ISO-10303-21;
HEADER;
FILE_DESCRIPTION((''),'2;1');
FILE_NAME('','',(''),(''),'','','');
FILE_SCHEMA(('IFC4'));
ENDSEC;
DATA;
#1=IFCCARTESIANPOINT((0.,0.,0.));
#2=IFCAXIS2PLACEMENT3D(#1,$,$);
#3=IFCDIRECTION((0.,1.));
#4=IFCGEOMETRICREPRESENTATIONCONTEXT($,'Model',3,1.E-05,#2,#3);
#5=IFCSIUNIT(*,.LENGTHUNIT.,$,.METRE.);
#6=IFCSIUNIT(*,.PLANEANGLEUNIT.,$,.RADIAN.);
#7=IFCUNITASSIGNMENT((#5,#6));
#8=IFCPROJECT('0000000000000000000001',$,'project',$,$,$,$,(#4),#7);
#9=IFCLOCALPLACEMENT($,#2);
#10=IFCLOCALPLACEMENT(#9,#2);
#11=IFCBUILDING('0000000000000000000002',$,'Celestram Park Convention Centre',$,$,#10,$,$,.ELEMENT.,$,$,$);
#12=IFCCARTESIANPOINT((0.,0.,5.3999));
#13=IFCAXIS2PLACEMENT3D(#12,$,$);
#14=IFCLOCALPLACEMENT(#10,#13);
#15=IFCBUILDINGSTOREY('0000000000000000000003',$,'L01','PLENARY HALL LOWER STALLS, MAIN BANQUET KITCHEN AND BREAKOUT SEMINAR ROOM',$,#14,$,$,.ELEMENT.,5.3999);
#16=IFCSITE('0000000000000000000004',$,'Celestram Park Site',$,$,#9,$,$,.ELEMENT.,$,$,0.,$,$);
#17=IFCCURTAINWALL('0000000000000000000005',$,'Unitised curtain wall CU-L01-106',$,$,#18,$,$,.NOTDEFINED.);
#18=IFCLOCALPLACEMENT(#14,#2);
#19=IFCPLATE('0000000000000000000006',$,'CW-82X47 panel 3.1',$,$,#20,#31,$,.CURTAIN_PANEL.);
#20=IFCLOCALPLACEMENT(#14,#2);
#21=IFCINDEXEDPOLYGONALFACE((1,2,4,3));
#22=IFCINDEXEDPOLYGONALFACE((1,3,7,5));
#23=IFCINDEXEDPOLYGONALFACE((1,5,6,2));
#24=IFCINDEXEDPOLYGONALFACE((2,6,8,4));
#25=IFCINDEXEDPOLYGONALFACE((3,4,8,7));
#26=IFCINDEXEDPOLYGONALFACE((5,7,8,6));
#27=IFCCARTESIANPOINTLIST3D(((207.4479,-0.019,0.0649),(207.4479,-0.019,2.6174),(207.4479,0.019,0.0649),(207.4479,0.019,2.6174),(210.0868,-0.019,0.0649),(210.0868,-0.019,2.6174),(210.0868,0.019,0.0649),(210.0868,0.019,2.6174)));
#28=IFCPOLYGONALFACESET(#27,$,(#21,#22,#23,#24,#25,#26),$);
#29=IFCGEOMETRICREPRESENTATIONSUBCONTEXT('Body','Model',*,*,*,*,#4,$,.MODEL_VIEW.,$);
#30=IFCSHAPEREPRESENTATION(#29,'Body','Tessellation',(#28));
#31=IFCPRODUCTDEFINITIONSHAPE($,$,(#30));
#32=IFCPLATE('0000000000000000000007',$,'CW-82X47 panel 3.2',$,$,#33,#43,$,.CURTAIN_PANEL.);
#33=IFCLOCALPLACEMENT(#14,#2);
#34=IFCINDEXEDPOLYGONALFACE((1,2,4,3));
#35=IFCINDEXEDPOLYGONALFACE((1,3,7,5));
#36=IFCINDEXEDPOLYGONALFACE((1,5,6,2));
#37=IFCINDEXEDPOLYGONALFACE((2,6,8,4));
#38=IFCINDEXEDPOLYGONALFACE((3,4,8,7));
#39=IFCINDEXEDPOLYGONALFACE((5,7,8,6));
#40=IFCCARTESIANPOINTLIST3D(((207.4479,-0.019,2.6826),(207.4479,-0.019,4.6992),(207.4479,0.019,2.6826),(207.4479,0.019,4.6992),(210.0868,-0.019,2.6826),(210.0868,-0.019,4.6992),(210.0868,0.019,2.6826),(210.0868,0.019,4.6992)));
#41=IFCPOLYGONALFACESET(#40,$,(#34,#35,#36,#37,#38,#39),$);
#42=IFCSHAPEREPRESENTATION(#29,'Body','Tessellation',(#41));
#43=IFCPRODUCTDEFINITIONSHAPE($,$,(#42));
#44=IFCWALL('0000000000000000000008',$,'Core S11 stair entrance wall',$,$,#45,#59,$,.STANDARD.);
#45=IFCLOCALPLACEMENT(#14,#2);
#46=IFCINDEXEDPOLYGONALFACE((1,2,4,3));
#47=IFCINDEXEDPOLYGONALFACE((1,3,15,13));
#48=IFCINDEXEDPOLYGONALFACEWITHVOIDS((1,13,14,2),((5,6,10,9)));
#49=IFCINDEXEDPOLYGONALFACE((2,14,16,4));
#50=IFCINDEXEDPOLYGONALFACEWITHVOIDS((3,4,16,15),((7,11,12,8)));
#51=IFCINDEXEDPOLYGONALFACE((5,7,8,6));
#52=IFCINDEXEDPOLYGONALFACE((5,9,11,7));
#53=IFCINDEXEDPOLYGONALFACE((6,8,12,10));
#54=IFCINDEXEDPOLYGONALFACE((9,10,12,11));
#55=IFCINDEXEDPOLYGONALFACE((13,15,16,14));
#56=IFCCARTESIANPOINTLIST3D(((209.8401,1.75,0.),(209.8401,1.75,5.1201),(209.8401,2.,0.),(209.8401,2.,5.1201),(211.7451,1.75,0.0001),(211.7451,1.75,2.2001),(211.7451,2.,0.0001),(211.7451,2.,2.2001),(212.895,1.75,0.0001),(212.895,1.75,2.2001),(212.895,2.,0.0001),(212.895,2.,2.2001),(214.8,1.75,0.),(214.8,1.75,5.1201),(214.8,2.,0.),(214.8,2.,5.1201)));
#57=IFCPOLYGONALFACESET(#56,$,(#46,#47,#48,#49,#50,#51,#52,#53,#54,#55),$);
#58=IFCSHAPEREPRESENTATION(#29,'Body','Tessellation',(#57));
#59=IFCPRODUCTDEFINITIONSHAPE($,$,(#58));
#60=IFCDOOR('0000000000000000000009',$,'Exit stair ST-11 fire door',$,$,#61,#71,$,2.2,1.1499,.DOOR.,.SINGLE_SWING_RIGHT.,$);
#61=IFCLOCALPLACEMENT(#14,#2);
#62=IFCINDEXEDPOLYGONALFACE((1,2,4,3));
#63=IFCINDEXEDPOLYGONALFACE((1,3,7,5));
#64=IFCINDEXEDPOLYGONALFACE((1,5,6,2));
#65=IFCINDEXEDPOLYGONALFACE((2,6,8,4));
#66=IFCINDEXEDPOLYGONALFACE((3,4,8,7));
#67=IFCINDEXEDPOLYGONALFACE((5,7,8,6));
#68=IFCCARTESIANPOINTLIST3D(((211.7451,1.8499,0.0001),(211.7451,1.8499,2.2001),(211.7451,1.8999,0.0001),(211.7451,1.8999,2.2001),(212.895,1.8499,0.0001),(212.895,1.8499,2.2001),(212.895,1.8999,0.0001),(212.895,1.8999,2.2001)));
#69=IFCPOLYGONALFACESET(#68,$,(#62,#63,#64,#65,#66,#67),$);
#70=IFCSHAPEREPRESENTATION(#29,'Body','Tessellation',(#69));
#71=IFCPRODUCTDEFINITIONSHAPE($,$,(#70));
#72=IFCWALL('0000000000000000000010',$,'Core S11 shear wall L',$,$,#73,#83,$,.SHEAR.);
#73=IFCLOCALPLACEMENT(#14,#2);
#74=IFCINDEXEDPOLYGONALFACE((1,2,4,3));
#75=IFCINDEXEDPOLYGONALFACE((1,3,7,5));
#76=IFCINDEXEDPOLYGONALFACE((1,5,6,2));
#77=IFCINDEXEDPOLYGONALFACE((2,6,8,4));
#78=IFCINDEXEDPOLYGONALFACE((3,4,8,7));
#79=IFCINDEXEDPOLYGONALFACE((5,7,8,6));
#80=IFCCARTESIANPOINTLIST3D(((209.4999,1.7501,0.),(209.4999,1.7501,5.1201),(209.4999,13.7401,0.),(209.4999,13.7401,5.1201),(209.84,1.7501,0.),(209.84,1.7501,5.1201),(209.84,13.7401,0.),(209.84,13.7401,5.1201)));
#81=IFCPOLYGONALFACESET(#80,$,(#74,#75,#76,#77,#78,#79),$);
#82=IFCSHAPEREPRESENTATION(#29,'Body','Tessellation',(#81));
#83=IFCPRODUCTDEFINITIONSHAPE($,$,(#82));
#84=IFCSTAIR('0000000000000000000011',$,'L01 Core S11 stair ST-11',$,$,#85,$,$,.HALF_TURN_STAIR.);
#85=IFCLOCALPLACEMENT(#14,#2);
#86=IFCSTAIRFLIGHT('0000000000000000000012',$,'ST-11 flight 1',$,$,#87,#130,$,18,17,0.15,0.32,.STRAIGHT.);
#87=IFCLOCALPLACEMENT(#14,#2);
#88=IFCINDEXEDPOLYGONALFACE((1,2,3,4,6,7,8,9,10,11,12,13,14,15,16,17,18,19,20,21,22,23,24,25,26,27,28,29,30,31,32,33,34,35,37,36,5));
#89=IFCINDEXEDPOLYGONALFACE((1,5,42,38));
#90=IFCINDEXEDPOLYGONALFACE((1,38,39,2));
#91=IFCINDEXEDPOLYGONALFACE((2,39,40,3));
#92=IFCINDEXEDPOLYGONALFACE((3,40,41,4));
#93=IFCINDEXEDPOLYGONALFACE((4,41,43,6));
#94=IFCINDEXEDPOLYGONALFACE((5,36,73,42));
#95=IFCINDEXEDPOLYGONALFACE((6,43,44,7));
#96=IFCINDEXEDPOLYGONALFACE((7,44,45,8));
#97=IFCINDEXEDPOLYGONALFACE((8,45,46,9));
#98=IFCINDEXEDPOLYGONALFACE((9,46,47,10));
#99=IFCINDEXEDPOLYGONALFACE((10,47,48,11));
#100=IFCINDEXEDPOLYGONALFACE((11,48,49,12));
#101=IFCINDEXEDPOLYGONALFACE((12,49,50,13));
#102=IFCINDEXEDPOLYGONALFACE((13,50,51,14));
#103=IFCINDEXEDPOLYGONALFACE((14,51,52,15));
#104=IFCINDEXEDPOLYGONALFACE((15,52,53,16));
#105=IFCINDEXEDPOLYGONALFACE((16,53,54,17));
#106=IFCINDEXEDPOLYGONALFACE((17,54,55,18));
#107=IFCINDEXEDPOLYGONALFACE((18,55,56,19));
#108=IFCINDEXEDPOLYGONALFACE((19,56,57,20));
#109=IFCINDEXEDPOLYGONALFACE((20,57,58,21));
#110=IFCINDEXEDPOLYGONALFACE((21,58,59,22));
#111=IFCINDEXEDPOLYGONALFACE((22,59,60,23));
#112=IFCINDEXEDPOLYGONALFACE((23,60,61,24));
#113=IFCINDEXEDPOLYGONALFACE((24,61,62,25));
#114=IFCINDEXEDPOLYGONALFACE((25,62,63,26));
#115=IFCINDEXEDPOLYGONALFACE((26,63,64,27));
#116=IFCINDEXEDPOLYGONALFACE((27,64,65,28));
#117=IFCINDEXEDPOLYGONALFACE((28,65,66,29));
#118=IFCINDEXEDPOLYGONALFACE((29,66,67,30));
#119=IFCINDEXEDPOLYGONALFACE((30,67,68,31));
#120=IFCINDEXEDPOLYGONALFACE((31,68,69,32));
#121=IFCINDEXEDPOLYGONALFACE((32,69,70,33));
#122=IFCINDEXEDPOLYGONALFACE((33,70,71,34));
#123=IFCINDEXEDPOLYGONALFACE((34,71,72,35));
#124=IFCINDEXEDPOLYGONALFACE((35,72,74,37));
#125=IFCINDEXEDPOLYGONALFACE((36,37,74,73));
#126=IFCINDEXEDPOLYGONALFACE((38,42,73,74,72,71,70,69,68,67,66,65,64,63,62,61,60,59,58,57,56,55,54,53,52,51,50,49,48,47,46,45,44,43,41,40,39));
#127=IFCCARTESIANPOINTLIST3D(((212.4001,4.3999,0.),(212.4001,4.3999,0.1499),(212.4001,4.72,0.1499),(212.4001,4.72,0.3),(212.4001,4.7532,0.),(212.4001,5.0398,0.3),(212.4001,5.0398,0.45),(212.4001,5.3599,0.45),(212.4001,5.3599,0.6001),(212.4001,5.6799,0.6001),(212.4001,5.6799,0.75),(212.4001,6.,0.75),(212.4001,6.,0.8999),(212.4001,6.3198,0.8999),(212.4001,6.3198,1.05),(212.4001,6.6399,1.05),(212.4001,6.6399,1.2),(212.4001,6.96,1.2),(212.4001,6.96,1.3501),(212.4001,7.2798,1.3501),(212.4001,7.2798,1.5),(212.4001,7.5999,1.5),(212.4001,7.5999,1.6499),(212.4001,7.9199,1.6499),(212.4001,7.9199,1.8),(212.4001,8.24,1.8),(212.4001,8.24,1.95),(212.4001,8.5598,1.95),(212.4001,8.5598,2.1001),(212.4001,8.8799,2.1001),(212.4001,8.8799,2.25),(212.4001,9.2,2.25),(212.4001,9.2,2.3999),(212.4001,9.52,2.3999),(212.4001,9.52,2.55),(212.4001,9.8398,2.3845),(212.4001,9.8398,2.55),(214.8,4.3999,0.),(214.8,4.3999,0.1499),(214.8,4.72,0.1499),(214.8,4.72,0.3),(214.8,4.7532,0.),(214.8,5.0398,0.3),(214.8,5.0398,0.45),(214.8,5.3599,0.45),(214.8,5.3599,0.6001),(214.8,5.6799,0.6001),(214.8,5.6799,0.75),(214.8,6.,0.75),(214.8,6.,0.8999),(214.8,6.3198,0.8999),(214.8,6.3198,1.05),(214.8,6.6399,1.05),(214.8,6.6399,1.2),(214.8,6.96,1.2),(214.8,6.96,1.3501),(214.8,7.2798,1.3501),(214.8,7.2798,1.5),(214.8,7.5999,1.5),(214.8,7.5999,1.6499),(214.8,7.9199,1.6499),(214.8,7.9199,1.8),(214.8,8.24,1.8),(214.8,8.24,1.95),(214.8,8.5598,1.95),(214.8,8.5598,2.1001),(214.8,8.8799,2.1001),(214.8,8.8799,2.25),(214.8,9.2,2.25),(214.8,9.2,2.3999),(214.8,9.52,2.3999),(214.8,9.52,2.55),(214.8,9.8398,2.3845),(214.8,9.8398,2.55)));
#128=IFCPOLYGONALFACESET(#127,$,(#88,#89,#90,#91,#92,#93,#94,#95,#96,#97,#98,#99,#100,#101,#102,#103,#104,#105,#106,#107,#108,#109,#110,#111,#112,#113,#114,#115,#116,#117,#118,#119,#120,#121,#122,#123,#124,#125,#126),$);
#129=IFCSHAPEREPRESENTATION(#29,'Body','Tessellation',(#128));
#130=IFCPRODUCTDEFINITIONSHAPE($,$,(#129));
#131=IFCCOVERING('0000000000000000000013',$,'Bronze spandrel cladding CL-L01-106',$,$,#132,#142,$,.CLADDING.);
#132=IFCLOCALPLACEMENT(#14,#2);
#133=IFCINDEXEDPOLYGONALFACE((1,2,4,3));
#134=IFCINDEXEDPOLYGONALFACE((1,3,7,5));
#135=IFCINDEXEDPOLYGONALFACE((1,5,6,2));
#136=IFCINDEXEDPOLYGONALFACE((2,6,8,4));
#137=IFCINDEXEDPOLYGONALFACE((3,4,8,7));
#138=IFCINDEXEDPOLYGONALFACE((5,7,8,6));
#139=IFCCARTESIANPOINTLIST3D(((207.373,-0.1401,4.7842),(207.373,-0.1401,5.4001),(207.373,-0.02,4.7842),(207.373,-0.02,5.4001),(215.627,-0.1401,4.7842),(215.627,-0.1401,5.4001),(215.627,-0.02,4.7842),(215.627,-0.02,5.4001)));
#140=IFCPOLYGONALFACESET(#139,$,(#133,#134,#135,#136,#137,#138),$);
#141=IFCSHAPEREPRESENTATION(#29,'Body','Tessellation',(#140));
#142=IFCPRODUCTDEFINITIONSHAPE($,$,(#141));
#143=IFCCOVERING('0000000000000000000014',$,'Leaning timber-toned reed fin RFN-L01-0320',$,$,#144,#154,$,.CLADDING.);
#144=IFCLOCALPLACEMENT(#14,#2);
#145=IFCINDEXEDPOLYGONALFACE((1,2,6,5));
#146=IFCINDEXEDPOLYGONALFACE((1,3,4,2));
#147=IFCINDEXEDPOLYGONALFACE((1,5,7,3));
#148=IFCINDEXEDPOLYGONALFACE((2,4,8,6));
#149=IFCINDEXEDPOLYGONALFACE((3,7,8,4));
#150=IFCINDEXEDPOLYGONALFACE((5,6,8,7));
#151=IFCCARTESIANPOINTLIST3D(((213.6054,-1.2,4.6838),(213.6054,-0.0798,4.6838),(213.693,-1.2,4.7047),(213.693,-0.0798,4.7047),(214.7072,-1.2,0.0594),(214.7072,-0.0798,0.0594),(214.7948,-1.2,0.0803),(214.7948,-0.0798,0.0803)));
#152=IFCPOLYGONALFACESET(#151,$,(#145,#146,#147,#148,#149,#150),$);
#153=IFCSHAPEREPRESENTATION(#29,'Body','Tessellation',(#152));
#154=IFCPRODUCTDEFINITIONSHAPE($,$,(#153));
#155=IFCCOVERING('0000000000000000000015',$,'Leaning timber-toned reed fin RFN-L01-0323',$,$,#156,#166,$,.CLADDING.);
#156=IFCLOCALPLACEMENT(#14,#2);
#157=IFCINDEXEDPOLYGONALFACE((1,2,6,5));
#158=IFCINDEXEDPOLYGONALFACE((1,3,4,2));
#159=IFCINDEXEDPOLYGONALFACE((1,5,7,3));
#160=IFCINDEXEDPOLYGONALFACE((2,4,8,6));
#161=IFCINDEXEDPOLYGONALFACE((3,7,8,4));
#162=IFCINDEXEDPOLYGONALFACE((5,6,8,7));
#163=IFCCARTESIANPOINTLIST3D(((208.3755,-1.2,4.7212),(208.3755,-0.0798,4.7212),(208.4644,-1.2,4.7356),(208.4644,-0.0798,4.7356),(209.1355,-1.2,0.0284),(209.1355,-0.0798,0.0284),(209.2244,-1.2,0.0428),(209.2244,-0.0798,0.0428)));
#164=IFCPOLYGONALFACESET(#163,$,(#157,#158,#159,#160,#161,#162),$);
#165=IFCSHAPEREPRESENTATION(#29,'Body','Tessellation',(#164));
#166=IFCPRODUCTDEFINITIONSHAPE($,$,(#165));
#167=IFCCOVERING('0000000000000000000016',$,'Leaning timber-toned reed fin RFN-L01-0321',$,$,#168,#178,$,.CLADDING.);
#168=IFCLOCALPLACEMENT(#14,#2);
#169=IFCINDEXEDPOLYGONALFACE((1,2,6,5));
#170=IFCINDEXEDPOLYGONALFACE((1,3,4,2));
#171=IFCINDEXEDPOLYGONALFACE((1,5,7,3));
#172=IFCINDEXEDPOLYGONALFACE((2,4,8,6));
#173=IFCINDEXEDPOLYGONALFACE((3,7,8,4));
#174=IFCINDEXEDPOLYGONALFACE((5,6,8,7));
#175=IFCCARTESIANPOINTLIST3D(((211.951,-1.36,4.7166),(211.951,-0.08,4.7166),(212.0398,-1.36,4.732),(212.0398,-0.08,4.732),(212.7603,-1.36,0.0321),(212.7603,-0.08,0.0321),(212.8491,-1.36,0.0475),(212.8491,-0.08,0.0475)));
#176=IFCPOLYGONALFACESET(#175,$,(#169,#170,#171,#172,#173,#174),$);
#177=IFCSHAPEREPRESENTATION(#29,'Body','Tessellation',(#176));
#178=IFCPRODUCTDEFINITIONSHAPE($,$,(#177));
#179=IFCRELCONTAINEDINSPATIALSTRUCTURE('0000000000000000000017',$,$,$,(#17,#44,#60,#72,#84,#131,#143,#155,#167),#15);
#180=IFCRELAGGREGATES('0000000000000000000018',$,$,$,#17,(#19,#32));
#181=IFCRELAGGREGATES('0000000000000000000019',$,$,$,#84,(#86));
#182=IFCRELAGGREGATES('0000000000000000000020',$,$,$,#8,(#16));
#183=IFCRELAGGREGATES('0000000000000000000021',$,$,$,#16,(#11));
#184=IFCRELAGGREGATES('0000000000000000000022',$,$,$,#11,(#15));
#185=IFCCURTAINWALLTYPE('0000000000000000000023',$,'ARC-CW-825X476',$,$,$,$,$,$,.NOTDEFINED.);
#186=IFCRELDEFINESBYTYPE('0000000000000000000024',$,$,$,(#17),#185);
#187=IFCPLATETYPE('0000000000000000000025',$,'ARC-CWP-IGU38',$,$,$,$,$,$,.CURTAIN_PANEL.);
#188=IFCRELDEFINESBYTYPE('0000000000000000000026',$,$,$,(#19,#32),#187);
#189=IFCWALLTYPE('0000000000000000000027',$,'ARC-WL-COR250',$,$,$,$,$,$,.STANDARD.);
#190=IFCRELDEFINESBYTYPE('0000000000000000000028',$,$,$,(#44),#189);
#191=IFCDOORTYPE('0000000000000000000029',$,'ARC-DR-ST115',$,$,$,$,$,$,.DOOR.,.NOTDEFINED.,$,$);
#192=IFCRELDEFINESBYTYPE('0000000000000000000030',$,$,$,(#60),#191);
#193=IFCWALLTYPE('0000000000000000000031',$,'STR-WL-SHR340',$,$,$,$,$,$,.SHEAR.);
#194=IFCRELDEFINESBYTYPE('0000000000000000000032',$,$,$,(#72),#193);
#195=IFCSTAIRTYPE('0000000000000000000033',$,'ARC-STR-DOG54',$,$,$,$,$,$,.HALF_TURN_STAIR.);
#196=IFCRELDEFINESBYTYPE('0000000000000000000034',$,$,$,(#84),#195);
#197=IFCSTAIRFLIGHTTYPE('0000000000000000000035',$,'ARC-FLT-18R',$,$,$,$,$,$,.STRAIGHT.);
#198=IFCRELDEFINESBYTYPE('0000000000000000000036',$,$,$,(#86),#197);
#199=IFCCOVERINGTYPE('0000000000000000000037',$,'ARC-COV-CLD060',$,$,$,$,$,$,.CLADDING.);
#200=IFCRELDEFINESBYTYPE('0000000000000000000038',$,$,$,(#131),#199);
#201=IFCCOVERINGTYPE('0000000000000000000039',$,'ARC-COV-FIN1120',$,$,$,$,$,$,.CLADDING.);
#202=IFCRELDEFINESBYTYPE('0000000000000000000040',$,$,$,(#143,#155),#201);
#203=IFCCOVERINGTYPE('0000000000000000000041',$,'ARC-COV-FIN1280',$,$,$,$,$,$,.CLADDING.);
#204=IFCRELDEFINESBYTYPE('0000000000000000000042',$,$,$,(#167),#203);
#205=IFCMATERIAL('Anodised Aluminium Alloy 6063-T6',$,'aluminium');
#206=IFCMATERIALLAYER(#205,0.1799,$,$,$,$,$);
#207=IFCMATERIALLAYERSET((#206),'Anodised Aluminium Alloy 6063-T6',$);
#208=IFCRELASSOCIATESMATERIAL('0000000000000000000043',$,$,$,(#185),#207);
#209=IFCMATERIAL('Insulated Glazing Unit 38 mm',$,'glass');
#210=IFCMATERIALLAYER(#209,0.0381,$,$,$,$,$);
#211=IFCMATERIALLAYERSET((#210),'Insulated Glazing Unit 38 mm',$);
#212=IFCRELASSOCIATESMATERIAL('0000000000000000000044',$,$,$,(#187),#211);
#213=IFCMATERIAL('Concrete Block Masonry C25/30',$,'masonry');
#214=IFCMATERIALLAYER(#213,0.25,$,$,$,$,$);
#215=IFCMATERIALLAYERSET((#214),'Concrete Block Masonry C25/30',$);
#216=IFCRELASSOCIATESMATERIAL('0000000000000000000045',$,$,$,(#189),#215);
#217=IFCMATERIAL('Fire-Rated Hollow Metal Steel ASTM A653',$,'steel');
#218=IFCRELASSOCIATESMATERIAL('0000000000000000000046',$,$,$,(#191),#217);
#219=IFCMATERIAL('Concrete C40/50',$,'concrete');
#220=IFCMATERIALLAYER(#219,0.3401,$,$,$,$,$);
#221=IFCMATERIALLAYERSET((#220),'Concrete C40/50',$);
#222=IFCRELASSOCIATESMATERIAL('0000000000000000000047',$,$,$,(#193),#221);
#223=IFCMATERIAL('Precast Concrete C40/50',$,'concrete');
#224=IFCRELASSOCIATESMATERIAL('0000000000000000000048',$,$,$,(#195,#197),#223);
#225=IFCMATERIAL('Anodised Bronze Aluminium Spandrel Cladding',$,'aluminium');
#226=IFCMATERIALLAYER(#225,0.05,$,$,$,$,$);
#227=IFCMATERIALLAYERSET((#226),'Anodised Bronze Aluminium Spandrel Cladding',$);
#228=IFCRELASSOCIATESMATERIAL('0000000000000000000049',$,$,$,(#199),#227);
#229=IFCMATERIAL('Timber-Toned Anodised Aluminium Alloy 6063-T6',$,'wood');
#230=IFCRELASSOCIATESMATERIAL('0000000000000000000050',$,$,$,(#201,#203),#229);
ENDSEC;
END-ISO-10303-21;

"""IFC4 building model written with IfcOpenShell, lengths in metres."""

from ifc_helpers import new_model, si_unit, direction, frame, frame_2d, origin, origin_2d, place, context, subcontext, project, spatial, polyline, rectangle, outline, extrude, material, layer, layer_set, material_profile, profile_set, type_object, element, fill, aggregate, save


model = new_model("IFC4")

# Units and contexts
model_context = context("Model", 3, precision=1e-05, world=origin(), true_north=direction((0.0, 1.0)))
body_context = subcontext(model_context, "Body", "Model", "MODEL_VIEW")
ifc_project = project(units=[si_unit("LENGTHUNIT", "METRE"), si_unit("PLANEANGLEUNIT", "RADIAN")], contexts=[model_context])

# Site, building, storey
site_placement = place(None, origin())
site = spatial("IfcSite", under=ifc_project, at=site_placement, Name="Celestram Park Site", CompositionType="ELEMENT", RefElevation=0.0)
building_placement = place(site_placement, origin())
building = spatial("IfcBuilding", under=site, at=building_placement, Name="Celestram Park Convention Centre", CompositionType="ELEMENT")
storey_placement = place(building_placement, frame((0.0, 0.0, 5.3999)))
storey = spatial("IfcBuildingStorey", under=building, at=storey_placement, Name="L01", Description="PLENARY HALL LOWER STALLS, MAIN BANQUET KITCHEN AND BREAKOUT SEMINAR ROOM", CompositionType="ELEMENT", Elevation=5.3999)

# Curtain wall, plates
ifc_material_1 = material(Name="Anodised Aluminium Alloy 6063-T6", Category="aluminium")
ifc_layer_1 = layer(ifc_material_1, 0.1799)
ifc_layer_set_1 = layer_set([ifc_layer_1], Name="Anodised Aluminium Alloy 6063-T6")
curtain_wall_type = type_object("IfcCurtainWallType", Name="ARC-CW-825X476", PredefinedType="NOTDEFINED", material=ifc_layer_set_1)
curtain_wall_placement = place(storey_placement, origin())
curtain_wall = element("IfcCurtainWall", 1, at=curtain_wall_placement, inside=storey, type_object=curtain_wall_type, Name="Unitised curtain wall CU-L01-106", PredefinedType="NOTDEFINED")
ifc_material_2 = material(Name="Insulated Glazing Unit 38 mm", Category="glass")
ifc_layer_2 = layer(ifc_material_2, 0.0381)
ifc_layer_set_2 = layer_set([ifc_layer_2], Name="Insulated Glazing Unit 38 mm")
plate_type = type_object("IfcPlateType", Name="ARC-CWP-IGU38", PredefinedType="CURTAIN_PANEL", material=ifc_layer_set_2)
plate_1_placement = place(storey_placement, frame((208.7673, 0.0, 0.0649), z_axis=(0.0, 0.0, 1.0), x_axis=(-1.0, 0.0, 0.0)))
plate_1 = element("IfcPlate", 2, at=plate_1_placement, type_object=plate_type, Name="CW-82X47 panel 3.1", PredefinedType="CURTAIN_PANEL", context=body_context, shape_type="SweptSolid", body=[
    extrude(rectangle(XDim=2.6389, YDim=0.0381, at=origin_2d()), origin(), (0.0, 0.0, 1.0), 2.5525),
])
plate_2_placement = place(storey_placement, frame((208.7673, 0.0, 2.6826), z_axis=(0.0, 0.0, 1.0), x_axis=(-1.0, 0.0, 0.0)))
plate_2 = element("IfcPlate", 3, at=plate_2_placement, type_object=plate_type, Name="CW-82X47 panel 3.2", PredefinedType="CURTAIN_PANEL", context=body_context, shape_type="SweptSolid", body=[
    extrude(rectangle(XDim=2.6389, YDim=0.0381, at=origin_2d()), origin(), (0.0, 0.0, 1.0), 2.0166),
])
aggregate(curtain_wall, [plate_1, plate_2])

# Wall, opening, door
ifc_material_3 = material(Name="Concrete Block Masonry C25/30", Category="masonry")
ifc_layer_3 = layer(ifc_material_3, 0.25)
ifc_layer_set_3 = layer_set([ifc_layer_3], Name="Concrete Block Masonry C25/30")
wall_type_1 = type_object("IfcWallType", Name="ARC-WL-COR250", PredefinedType="STANDARD", material=ifc_layer_set_3)
wall_1_placement = place(storey_placement, frame((209.8401, 1.875, 0.0), z_axis=(0.0, 0.0, 1.0), x_axis=(1.0, 0.0, 0.0)))
wall_1 = element("IfcWall", 4, at=wall_1_placement, inside=storey, type_object=wall_type_1, Name="Core S11 stair entrance wall", PredefinedType="STANDARD", context=body_context, shape_type="SweptSolid", body=[
    extrude(rectangle(XDim=4.96, YDim=0.25, at=frame_2d((2.48, 0.0))), origin(), (0.0, 0.0, 1.0), 5.1201),
])
opening_placement = place(wall_1_placement, frame((1.905, 0.0, 0.0)))
opening = element("IfcOpeningElement", 5, at=opening_placement, cuts=wall_1, PredefinedType="OPENING", context=body_context, shape_type="SweptSolid", body=[
    extrude(rectangle(XDim=1.1499, YDim=2.2, at=frame_2d((0.575, 1.1001))), frame((0.0, 0.135, 0.0), z_axis=(0.0, -1.0, 0.0), x_axis=(1.0, 0.0, 0.0)), (0.0, 0.0, 1.0), 0.27),
])
ifc_material_4 = material(Name="Fire-Rated Hollow Metal Steel ASTM A653", Category="steel")
door_type = type_object("IfcDoorType", Name="ARC-DR-ST115", OperationType="NOTDEFINED", PredefinedType="DOOR", material=ifc_material_4)
door_placement = place(opening_placement, origin())
door = element("IfcDoor", 6, at=door_placement, inside=storey, type_object=door_type, Name="Exit stair ST-11 fire door", OperationType="SINGLE_SWING_RIGHT", OverallHeight=2.2, OverallWidth=1.1499, PredefinedType="DOOR", context=body_context, shape_type="SweptSolid", body=[
    extrude(rectangle(XDim=1.1499, YDim=2.2, at=frame_2d((0.575, 1.1001))), frame((0.0, 0.0249, 0.0), z_axis=(0.0, -1.0, 0.0), x_axis=(1.0, 0.0, 0.0)), (0.0, 0.0, 1.0), 0.05),
])
fill(opening, door)

# Wall
ifc_material_5 = material(Name="Concrete C40/50", Category="concrete")
ifc_layer_4 = layer(ifc_material_5, 0.3401)
ifc_layer_set_4 = layer_set([ifc_layer_4], Name="Concrete C40/50")
wall_type_2 = type_object("IfcWallType", Name="STR-WL-SHR340", PredefinedType="SHEAR", material=ifc_layer_set_4)
wall_2_placement = place(storey_placement, frame((209.6699, 1.75, 0.0), z_axis=(0.0, 0.0, 1.0), x_axis=(0.0, 1.0, 0.0)))
element("IfcWall", 7, at=wall_2_placement, inside=storey, type_object=wall_type_2, Name="Core S11 shear wall L", PredefinedType="SHEAR", context=body_context, shape_type="SweptSolid", body=[
    extrude(rectangle(XDim=11.99, YDim=0.3401, at=frame_2d((5.9951, 0.0))), origin(), (0.0, 0.0, 1.0), 5.1201),
])

# Stair, stair flight
ifc_material_6 = material(Name="Precast Concrete C40/50", Category="concrete")
stair_type = type_object("IfcStairType", Name="ARC-STR-DOG54", PredefinedType="HALF_TURN_STAIR", material=ifc_material_6)
stair_placement = place(storey_placement, origin())
stair = element("IfcStair", 8, at=stair_placement, inside=storey, type_object=stair_type, Name="L01 Core S11 stair ST-11", PredefinedType="HALF_TURN_STAIR")
stair_flight_type = type_object("IfcStairFlightType", Name="ARC-FLT-18R", PredefinedType="STRAIGHT", material=ifc_material_6)
stair_flight_placement = place(storey_placement, frame((213.6001, 4.3999, 0.0), z_axis=(0.0, 0.0, 1.0), x_axis=(0.0, 1.0, 0.0)))
stair_flight = element("IfcStairFlight", 9, at=stair_flight_placement, type_object=stair_flight_type, Name="ST-11 flight 1", NumberOfRisers=18, NumberOfTreads=17, PredefinedType="STRAIGHT", RiserHeight=0.15, TreadLength=0.32, context=body_context, shape_type="SweptSolid", body=[
    extrude(outline(polyline([(0.0, 0.0), (0.0, 0.1499), (0.3201, 0.1499), (0.3201, 0.3), (0.6399, 0.3), (0.6399, 0.45), (0.96, 0.45), (0.96, 0.6001), (1.28, 0.6001), (1.28, 0.75), (1.6001, 0.75), (1.6001, 0.8999), (1.9199, 0.8999), (1.9199, 1.05), (2.24, 1.05), (2.24, 1.2), (2.5601, 1.2), (2.5601, 1.3501), (2.8799, 1.3501), (2.8799, 1.5), (3.2, 1.5), (3.2, 1.6499), (3.52, 1.6499), (3.52, 1.8), (3.8401, 1.8), (3.8401, 1.95), (4.1599, 1.95), (4.1599, 2.1001), (4.48, 2.1001), (4.48, 2.25), (4.8, 2.25), (4.8, 2.3999), (5.1201, 2.3999), (5.1201, 2.55), (5.4399, 2.55), (5.4399, 2.7), (5.4399, 2.3845), (0.3533, 0.0), (0.0, 0.0)])), frame((0.0, 1.2, 0.0), z_axis=(0.0, -1.0, 0.0), x_axis=(1.0, 0.0, 0.0)), (0.0, 0.0, 1.0), 2.3999),
])
aggregate(stair, [stair_flight])

# Coverings
ifc_material_7 = material(Name="Anodised Bronze Aluminium Spandrel Cladding", Category="aluminium")
ifc_layer_5 = layer(ifc_material_7, 0.05)
ifc_layer_set_5 = layer_set([ifc_layer_5], Name="Anodised Bronze Aluminium Spandrel Cladding")
covering_type_1 = type_object("IfcCoveringType", Name="ARC-COV-CLD060", PredefinedType="CLADDING", material=ifc_layer_set_5)
covering_1_placement = place(storey_placement, frame((211.5, -0.0801, 4.7842), z_axis=(0.0, 0.0, 1.0), x_axis=(-1.0, 0.0, 0.0)))
element("IfcCovering", 10, at=covering_1_placement, inside=storey, type_object=covering_type_1, Name="Bronze spandrel cladding CL-L01-106", PredefinedType="CLADDING", context=body_context, shape_type="SweptSolid", body=[
    extrude(rectangle(XDim=8.2539, YDim=0.1201, at=origin_2d()), origin(), (0.0, 0.0, 1.0), 0.616),
])
ifc_material_8 = material(Name="Timber-Toned Anodised Aluminium Alloy 6063-T6", Category="wood")
ifc_material_profile_1 = material_profile(ifc_material_8, rectangle(XDim=1.1201, YDim=0.0901, at=origin_2d()), Name="REED1120X90")
ifc_profile_set_1 = profile_set([ifc_material_profile_1], Name="Timber-Toned Anodised Aluminium Alloy 6063-T6")
covering_type_2 = type_object("IfcCoveringType", Name="ARC-COV-FIN1120", PredefinedType="CLADDING", material=ifc_profile_set_1)
for number, where, z_axis, x_axis, name in (
    (11, (214.751, -0.6399, 0.0698), (-0.231766, 0.0, 0.972771), (0.0, -1.0, 0.0), "Leaning timber-toned reed fin RFN-L01-0320"),
    (12, (209.1799, -0.6399, 0.0356), (-0.159867, 0.0, 0.987139), (0.0, -1.0, 0.0), "Leaning timber-toned reed fin RFN-L01-0323"),
):
    element("IfcCovering", number, at=place(storey_placement, frame(where, z_axis=z_axis, x_axis=x_axis)), inside=storey, type_object=covering_type_2, Name=name, PredefinedType="CLADDING", context=body_context, shape_type="SweptSolid", body=[
        extrude(rectangle(XDim=1.1201, YDim=0.0901, at=origin_2d()), origin(), (0.0, 0.0, 1.0), 4.7539),
    ])
ifc_material_profile_2 = material_profile(ifc_material_8, rectangle(XDim=1.28, YDim=0.0901, at=origin_2d()), Name="REED1280X90")
ifc_profile_set_2 = profile_set([ifc_material_profile_2], Name="Timber-Toned Anodised Aluminium Alloy 6063-T6")
covering_type_3 = type_object("IfcCoveringType", Name="ARC-COV-FIN1280", PredefinedType="CLADDING", material=ifc_profile_set_2)
covering_2_placement = place(storey_placement, frame((212.8047, -0.72, 0.0398), z_axis=(-0.170242, 0.0, 0.985402), x_axis=(0.0, -1.0, 0.0)))
element("IfcCovering", 13, at=covering_2_placement, inside=storey, type_object=covering_type_3, Name="Leaning timber-toned reed fin RFN-L01-0321", PredefinedType="CLADDING", context=body_context, shape_type="SweptSolid", body=[
    extrude(rectangle(XDim=1.28, YDim=0.0901, at=origin_2d()), origin(), (0.0, 0.0, 1.0), 4.7539),
])

save(model, "model.ifc")
